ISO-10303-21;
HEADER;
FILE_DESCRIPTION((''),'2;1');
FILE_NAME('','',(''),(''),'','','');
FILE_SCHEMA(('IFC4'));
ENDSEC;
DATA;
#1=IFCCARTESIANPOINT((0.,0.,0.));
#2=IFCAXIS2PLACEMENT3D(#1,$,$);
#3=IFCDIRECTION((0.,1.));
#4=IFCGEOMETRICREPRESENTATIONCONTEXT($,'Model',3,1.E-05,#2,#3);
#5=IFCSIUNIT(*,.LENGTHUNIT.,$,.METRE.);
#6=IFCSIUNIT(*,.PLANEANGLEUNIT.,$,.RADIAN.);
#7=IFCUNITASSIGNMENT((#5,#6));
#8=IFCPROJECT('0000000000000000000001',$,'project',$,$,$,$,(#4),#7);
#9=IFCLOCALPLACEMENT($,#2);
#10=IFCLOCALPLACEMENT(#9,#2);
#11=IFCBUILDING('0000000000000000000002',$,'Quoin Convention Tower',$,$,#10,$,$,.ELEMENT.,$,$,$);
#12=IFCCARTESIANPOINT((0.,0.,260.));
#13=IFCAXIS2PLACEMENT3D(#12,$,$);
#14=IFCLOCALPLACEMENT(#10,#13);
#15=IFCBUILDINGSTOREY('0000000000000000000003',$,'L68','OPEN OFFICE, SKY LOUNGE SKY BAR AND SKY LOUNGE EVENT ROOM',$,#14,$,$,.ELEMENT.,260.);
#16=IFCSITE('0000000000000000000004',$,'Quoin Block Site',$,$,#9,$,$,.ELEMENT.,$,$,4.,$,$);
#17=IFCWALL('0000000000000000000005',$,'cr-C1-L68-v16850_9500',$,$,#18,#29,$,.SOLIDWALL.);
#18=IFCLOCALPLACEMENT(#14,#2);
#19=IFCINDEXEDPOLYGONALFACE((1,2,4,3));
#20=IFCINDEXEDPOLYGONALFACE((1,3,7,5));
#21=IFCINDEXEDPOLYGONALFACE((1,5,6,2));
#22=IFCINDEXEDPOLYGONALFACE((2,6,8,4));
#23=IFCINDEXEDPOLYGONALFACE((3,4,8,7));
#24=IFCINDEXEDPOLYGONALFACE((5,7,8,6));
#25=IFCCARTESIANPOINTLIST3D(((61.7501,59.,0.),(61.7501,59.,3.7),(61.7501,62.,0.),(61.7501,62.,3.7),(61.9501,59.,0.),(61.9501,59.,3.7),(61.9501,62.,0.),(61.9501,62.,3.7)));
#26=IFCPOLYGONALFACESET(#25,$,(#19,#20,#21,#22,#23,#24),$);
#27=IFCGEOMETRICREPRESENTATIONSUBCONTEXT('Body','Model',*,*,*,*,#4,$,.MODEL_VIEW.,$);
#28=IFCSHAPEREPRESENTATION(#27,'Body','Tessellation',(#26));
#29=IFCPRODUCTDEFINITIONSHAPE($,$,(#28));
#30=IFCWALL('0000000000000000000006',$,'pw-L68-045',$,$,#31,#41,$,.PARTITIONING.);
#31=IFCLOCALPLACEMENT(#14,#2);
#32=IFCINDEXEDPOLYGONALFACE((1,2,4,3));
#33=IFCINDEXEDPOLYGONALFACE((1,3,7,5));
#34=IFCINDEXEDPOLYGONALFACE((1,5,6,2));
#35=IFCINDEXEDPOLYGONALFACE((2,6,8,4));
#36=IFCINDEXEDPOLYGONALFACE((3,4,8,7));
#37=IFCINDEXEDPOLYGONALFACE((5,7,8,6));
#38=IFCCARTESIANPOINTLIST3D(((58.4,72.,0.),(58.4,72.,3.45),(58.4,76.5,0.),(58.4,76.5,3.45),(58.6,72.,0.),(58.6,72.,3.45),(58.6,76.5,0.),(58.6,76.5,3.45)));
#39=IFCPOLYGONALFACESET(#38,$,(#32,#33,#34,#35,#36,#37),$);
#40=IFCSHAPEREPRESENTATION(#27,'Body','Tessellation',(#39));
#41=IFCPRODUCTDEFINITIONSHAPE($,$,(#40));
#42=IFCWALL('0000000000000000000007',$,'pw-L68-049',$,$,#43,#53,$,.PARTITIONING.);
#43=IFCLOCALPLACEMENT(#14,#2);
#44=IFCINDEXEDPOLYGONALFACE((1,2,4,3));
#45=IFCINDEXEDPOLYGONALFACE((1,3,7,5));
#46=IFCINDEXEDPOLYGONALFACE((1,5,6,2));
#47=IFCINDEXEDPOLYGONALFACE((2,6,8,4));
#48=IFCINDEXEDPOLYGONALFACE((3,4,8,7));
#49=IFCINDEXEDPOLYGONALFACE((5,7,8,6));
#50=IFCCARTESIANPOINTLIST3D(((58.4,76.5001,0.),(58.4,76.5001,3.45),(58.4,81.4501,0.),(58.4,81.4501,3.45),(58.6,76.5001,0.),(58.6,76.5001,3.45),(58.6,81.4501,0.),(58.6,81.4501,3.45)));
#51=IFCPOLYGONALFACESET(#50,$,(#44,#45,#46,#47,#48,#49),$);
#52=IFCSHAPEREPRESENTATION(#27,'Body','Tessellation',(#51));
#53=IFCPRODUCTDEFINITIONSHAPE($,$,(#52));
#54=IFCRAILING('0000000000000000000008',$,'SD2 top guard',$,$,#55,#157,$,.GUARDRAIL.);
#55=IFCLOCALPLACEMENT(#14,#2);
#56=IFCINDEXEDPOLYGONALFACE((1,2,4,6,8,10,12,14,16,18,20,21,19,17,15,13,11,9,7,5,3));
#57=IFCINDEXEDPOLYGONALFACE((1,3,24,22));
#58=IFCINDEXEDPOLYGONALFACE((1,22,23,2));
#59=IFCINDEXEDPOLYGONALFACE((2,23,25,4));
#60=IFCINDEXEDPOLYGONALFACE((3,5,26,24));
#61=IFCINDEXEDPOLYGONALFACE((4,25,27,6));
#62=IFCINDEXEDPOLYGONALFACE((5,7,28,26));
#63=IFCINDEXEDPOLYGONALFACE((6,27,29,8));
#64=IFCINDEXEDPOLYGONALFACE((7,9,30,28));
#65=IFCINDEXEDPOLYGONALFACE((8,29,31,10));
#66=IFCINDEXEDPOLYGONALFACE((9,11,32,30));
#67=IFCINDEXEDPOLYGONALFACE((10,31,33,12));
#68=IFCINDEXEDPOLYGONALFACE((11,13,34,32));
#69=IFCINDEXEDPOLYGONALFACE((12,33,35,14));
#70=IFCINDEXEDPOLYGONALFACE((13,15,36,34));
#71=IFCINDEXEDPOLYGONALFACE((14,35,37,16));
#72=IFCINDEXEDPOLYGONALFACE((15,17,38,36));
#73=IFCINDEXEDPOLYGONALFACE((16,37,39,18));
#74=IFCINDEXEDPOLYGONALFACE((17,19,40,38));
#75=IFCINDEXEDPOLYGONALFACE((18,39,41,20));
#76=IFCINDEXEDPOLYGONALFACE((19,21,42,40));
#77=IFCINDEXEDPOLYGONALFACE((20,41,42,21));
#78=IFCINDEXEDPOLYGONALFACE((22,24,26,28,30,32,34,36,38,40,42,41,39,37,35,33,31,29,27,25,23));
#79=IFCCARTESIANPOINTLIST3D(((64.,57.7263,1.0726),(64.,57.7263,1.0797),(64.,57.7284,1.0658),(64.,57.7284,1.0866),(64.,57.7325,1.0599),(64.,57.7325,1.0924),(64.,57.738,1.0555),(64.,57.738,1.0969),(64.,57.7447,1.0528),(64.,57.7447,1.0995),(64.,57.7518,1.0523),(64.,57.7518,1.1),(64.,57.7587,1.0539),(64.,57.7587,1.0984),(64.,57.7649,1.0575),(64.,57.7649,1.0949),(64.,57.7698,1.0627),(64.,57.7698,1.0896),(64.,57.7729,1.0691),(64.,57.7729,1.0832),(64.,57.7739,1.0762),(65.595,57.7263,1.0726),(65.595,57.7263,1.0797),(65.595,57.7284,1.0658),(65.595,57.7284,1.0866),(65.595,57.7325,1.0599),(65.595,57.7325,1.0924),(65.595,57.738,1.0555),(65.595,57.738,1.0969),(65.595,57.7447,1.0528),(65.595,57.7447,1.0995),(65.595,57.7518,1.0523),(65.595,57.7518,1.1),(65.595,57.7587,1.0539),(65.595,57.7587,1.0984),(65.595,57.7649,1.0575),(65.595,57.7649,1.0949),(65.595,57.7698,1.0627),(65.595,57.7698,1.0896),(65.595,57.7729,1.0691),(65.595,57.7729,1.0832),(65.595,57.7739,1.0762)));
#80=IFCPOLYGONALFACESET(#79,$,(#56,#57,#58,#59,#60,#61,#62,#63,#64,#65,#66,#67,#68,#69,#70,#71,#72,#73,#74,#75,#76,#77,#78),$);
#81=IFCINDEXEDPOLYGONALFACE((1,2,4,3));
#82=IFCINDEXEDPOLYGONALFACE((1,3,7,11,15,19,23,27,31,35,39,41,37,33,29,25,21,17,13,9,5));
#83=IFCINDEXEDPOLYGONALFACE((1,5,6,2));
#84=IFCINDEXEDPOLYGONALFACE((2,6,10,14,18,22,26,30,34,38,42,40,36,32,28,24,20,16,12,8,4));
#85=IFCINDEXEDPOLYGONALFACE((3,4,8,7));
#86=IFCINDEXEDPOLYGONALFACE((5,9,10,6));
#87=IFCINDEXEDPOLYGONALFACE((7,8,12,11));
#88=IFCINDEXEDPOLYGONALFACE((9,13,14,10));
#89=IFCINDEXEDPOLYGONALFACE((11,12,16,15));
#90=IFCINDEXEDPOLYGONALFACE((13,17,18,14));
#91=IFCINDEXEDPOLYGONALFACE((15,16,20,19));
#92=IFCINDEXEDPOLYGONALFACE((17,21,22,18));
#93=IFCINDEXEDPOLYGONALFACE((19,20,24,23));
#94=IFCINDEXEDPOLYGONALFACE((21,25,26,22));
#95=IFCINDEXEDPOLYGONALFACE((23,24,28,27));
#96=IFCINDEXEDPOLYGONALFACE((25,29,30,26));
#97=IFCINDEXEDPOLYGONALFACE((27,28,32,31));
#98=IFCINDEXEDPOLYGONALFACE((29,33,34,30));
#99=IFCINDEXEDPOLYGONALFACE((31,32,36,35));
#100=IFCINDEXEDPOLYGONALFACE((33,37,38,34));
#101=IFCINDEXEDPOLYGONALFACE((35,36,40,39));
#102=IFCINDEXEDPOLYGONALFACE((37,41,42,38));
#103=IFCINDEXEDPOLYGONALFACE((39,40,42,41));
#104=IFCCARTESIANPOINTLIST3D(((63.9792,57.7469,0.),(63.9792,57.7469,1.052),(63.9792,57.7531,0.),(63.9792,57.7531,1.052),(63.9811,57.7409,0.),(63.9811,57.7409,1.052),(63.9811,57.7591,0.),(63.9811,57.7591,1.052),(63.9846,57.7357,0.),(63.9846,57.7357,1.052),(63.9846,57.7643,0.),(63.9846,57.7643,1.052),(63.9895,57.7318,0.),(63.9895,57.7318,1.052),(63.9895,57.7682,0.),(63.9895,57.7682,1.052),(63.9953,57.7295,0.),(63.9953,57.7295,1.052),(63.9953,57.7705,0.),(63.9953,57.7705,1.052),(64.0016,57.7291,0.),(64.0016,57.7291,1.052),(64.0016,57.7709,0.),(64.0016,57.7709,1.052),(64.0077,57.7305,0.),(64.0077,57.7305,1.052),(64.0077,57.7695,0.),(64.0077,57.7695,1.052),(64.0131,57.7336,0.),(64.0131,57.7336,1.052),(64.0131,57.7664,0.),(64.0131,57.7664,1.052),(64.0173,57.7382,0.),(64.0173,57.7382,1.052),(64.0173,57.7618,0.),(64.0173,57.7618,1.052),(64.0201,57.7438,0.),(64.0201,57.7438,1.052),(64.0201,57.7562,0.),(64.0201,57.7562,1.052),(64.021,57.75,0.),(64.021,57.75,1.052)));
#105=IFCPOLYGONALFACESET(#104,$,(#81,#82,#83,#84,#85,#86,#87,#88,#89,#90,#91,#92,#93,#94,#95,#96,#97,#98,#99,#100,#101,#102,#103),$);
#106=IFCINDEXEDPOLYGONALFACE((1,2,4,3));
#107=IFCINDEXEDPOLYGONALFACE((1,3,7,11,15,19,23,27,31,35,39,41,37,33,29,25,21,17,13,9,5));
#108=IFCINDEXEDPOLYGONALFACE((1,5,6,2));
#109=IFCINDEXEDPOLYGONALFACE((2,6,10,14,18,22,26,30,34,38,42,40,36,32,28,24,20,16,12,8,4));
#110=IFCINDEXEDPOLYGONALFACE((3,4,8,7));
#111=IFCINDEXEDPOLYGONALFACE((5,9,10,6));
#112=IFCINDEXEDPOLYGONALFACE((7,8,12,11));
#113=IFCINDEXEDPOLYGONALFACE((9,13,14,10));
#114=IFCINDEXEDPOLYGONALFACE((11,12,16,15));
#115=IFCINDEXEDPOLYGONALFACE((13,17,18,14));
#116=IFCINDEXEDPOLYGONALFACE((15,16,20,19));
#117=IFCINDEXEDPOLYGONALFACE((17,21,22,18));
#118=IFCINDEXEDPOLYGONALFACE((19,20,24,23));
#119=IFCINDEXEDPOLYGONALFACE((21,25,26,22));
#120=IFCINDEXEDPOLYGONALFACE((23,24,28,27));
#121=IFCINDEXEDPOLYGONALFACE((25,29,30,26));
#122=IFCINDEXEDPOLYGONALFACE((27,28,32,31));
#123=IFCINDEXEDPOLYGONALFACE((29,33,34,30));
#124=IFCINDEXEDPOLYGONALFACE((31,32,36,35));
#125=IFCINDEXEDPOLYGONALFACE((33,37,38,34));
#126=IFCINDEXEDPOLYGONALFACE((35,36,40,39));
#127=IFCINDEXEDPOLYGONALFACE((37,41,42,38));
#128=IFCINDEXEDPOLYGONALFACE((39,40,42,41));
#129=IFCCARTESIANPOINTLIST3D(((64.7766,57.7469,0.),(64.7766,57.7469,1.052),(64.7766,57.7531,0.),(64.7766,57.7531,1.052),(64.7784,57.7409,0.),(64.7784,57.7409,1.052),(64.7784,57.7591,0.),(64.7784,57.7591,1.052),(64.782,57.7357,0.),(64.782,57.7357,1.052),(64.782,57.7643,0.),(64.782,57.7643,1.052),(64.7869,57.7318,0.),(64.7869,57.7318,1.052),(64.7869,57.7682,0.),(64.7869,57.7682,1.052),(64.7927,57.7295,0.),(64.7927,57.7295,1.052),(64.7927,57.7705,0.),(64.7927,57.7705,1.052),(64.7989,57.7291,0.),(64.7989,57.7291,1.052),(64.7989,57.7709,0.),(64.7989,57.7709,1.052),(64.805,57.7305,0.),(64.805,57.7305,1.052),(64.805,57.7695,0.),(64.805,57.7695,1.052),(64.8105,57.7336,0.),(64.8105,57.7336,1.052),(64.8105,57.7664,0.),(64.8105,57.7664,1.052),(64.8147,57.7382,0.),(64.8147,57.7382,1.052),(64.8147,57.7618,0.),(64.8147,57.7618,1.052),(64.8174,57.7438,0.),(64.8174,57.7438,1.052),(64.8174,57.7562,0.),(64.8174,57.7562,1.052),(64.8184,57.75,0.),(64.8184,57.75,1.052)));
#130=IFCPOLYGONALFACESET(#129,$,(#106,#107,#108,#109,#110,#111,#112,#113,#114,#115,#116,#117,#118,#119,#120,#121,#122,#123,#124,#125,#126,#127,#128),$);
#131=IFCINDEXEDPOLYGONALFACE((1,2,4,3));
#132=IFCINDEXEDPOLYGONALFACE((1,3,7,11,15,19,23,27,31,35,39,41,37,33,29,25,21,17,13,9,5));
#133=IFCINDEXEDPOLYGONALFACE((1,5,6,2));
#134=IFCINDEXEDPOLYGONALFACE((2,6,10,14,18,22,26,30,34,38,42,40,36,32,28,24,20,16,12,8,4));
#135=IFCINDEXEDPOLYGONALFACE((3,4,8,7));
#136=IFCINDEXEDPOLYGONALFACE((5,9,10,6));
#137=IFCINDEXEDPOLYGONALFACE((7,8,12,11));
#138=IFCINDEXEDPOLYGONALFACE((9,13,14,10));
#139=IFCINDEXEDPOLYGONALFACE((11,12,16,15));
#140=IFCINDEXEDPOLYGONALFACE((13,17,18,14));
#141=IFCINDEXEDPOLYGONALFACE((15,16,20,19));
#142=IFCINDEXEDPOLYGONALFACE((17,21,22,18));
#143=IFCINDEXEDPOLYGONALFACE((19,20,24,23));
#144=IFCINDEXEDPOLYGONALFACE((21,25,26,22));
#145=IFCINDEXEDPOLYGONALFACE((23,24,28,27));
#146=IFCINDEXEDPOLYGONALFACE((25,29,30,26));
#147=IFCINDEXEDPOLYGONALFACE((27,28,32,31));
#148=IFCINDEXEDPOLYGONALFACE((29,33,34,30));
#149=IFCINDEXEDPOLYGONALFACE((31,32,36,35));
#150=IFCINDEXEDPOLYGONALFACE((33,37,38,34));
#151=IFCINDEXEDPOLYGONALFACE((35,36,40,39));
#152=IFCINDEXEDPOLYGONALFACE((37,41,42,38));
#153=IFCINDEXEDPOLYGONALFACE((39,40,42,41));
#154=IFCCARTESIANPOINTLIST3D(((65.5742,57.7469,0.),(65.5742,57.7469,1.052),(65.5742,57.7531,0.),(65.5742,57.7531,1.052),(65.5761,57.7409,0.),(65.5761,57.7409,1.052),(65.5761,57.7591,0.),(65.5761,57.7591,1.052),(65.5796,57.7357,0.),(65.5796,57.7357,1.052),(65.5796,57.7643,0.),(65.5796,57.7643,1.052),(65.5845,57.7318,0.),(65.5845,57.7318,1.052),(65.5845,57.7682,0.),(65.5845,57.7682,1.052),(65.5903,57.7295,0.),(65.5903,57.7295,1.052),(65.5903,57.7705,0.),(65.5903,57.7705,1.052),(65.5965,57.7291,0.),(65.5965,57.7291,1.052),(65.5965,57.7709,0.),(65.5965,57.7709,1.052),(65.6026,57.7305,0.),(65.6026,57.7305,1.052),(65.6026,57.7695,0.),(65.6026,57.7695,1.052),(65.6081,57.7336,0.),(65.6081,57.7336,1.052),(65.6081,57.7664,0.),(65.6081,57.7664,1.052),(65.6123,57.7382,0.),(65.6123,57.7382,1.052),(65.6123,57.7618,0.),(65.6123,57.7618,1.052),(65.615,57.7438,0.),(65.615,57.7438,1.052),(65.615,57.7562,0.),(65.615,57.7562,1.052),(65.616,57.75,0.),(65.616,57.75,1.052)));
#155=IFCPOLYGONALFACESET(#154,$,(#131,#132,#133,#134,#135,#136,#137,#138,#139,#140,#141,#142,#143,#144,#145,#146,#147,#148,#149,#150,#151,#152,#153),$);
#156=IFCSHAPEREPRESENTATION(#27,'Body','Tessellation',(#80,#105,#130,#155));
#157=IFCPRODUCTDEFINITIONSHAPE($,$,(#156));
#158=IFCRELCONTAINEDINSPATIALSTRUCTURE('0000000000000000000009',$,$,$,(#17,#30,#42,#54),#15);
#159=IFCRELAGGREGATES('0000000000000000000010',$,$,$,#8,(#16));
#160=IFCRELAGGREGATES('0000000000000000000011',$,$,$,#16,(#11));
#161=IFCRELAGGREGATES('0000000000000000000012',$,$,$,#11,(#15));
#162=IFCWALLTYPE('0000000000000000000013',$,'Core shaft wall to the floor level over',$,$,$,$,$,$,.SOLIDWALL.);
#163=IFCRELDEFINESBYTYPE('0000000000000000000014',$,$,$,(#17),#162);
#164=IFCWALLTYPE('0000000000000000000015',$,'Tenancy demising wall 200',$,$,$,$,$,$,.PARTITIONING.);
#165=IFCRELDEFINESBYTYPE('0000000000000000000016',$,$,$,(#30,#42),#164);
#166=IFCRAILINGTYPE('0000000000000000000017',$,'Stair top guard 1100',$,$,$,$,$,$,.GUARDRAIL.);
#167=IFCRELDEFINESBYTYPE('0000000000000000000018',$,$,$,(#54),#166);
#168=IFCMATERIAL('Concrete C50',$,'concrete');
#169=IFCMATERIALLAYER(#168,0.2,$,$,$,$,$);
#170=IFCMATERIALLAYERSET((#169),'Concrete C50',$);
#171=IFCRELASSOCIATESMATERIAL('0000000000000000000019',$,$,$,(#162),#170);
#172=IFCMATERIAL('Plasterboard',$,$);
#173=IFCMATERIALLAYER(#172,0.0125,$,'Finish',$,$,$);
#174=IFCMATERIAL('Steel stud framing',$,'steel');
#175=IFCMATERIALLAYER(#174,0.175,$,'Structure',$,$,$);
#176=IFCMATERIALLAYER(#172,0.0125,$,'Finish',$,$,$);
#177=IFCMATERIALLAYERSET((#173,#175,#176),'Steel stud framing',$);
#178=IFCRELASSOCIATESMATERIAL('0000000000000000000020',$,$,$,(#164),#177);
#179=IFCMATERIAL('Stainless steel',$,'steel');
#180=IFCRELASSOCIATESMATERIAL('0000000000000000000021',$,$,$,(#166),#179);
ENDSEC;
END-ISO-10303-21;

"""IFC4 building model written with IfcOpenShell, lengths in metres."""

from ifc_helpers import new_model, si_unit, direction, frame, frame_2d, origin, origin_2d, place, context, subcontext, project, spatial, rectangle, circle, extrude, material, layer, layer_set, type_object, element, save


model = new_model("IFC4")

# Units and contexts
model_context = context("Model", 3, precision=1e-05, world=origin(), true_north=direction((0.0, 1.0)))
body_context = subcontext(model_context, "Body", "Model", "MODEL_VIEW")
ifc_project = project(units=[si_unit("LENGTHUNIT", "METRE"), si_unit("PLANEANGLEUNIT", "RADIAN")], contexts=[model_context])

# Site, building, storey
site_placement = place(None, origin())
site = spatial("IfcSite", under=ifc_project, at=site_placement, Name="Quoin Block Site", CompositionType="ELEMENT", RefElevation=4.0)
building_placement = place(site_placement, origin())
building = spatial("IfcBuilding", under=site, at=building_placement, Name="Quoin Convention Tower", CompositionType="ELEMENT")
storey_placement = place(building_placement, frame((0.0, 0.0, 260.0)))
storey = spatial("IfcBuildingStorey", under=building, at=storey_placement, Name="L68", Description="OPEN OFFICE, SKY LOUNGE SKY BAR AND SKY LOUNGE EVENT ROOM", CompositionType="ELEMENT", Elevation=260.0)

# Shared definitions
ifc_material_1 = material(Name="Concrete C50", Category="concrete")

# Shared definitions
ifc_material_2 = material(Name="Plasterboard")
ifc_material_3 = material(Name="Steel stud framing", Category="steel")

# Walls
ifc_layer_1 = layer(ifc_material_1, 0.2)
ifc_layer_set_1 = layer_set([ifc_layer_1], Name="Concrete C50")
wall_type_1 = type_object("IfcWallType", Name="Core shaft wall to the floor level over", PredefinedType="SOLIDWALL", material=ifc_layer_set_1)
for number, where, z_axis, x_axis, name in (
    (1, (61.8501, 59.0, 0.0), (0.0, 0.0, 1.0), (0.0, 1.0, 0.0), "cr-C1-L68-v16850_9500"),
):
    element("IfcWall", number, at=place(storey_placement, frame(where, z_axis=z_axis, x_axis=x_axis)), inside=storey, type_object=wall_type_1, Name=name, PredefinedType="SOLIDWALL", context=body_context, shape_type="SweptSolid", body=[
        extrude(rectangle(XDim=3.0, YDim=0.2, at=frame_2d((1.5, 0.0))), origin(), (0.0, 0.0, 1.0), 3.7),
    ])
ifc_layer_2 = layer(ifc_material_2, 0.0125, Name="Finish")
ifc_layer_3 = layer(ifc_material_3, 0.175, Name="Structure")
ifc_layer_4 = layer(ifc_material_2, 0.0125, Name="Finish")
ifc_layer_set_2 = layer_set([ifc_layer_2, ifc_layer_3, ifc_layer_4], Name="Steel stud framing")
wall_type_2 = type_object("IfcWallType", Name="Tenancy demising wall 200", PredefinedType="PARTITIONING", material=ifc_layer_set_2)
wall_1_placement = place(storey_placement, frame((58.5, 72.0, 0.0), z_axis=(0.0, 0.0, 1.0), x_axis=(0.0, 1.0, 0.0)))
element("IfcWall", 2, at=wall_1_placement, inside=storey, type_object=wall_type_2, Name="pw-L68-045", PredefinedType="PARTITIONING", context=body_context, shape_type="SweptSolid", body=[
    extrude(rectangle(XDim=4.5, YDim=0.2, at=frame_2d((2.25, 0.0))), origin(), (0.0, 0.0, 1.0), 3.45),
])
wall_2_placement = place(storey_placement, frame((58.5, 76.5, 0.0), z_axis=(0.0, 0.0, 1.0), x_axis=(0.0, 1.0, 0.0)))
element("IfcWall", 3, at=wall_2_placement, inside=storey, type_object=wall_type_2, Name="pw-L68-049", PredefinedType="PARTITIONING", context=body_context, shape_type="SweptSolid", body=[
    extrude(rectangle(XDim=4.95, YDim=0.2, at=frame_2d((2.4751, 0.0))), origin(), (0.0, 0.0, 1.0), 3.45),
])

# Railing
ifc_material_4 = material(Name="Stainless steel", Category="steel")
railing_type = type_object("IfcRailingType", Name="Stair top guard 1100", PredefinedType="GUARDRAIL", material=ifc_material_4)
railing_placement = place(storey_placement, frame((64.0, 57.75, 0.0)))
element("IfcRailing", 4, at=railing_placement, inside=storey, type_object=railing_type, Name="SD2 top guard", PredefinedType="GUARDRAIL", context=body_context, shape_type="SweptSolid", body=[
    extrude(circle(Radius=0.0239, at=origin_2d()), frame((0.0, 0.0, 1.0762), z_axis=(1.0, 0.0, 0.0), x_axis=(0.0, 1.0, 0.0)), (0.0, 0.0, 1.0), 1.595),
    extrude(circle(Radius=0.021, at=origin_2d()), origin(), (0.0, 0.0, 1.0), 1.052),
    extrude(circle(Radius=0.021, at=origin_2d()), frame((0.7974, 0.0, 0.0)), (0.0, 0.0, 1.0), 1.052),
    extrude(circle(Radius=0.021, at=origin_2d()), frame((1.595, 0.0, 0.0)), (0.0, 0.0, 1.0), 1.052),
])

save(model, "model.ifc")
